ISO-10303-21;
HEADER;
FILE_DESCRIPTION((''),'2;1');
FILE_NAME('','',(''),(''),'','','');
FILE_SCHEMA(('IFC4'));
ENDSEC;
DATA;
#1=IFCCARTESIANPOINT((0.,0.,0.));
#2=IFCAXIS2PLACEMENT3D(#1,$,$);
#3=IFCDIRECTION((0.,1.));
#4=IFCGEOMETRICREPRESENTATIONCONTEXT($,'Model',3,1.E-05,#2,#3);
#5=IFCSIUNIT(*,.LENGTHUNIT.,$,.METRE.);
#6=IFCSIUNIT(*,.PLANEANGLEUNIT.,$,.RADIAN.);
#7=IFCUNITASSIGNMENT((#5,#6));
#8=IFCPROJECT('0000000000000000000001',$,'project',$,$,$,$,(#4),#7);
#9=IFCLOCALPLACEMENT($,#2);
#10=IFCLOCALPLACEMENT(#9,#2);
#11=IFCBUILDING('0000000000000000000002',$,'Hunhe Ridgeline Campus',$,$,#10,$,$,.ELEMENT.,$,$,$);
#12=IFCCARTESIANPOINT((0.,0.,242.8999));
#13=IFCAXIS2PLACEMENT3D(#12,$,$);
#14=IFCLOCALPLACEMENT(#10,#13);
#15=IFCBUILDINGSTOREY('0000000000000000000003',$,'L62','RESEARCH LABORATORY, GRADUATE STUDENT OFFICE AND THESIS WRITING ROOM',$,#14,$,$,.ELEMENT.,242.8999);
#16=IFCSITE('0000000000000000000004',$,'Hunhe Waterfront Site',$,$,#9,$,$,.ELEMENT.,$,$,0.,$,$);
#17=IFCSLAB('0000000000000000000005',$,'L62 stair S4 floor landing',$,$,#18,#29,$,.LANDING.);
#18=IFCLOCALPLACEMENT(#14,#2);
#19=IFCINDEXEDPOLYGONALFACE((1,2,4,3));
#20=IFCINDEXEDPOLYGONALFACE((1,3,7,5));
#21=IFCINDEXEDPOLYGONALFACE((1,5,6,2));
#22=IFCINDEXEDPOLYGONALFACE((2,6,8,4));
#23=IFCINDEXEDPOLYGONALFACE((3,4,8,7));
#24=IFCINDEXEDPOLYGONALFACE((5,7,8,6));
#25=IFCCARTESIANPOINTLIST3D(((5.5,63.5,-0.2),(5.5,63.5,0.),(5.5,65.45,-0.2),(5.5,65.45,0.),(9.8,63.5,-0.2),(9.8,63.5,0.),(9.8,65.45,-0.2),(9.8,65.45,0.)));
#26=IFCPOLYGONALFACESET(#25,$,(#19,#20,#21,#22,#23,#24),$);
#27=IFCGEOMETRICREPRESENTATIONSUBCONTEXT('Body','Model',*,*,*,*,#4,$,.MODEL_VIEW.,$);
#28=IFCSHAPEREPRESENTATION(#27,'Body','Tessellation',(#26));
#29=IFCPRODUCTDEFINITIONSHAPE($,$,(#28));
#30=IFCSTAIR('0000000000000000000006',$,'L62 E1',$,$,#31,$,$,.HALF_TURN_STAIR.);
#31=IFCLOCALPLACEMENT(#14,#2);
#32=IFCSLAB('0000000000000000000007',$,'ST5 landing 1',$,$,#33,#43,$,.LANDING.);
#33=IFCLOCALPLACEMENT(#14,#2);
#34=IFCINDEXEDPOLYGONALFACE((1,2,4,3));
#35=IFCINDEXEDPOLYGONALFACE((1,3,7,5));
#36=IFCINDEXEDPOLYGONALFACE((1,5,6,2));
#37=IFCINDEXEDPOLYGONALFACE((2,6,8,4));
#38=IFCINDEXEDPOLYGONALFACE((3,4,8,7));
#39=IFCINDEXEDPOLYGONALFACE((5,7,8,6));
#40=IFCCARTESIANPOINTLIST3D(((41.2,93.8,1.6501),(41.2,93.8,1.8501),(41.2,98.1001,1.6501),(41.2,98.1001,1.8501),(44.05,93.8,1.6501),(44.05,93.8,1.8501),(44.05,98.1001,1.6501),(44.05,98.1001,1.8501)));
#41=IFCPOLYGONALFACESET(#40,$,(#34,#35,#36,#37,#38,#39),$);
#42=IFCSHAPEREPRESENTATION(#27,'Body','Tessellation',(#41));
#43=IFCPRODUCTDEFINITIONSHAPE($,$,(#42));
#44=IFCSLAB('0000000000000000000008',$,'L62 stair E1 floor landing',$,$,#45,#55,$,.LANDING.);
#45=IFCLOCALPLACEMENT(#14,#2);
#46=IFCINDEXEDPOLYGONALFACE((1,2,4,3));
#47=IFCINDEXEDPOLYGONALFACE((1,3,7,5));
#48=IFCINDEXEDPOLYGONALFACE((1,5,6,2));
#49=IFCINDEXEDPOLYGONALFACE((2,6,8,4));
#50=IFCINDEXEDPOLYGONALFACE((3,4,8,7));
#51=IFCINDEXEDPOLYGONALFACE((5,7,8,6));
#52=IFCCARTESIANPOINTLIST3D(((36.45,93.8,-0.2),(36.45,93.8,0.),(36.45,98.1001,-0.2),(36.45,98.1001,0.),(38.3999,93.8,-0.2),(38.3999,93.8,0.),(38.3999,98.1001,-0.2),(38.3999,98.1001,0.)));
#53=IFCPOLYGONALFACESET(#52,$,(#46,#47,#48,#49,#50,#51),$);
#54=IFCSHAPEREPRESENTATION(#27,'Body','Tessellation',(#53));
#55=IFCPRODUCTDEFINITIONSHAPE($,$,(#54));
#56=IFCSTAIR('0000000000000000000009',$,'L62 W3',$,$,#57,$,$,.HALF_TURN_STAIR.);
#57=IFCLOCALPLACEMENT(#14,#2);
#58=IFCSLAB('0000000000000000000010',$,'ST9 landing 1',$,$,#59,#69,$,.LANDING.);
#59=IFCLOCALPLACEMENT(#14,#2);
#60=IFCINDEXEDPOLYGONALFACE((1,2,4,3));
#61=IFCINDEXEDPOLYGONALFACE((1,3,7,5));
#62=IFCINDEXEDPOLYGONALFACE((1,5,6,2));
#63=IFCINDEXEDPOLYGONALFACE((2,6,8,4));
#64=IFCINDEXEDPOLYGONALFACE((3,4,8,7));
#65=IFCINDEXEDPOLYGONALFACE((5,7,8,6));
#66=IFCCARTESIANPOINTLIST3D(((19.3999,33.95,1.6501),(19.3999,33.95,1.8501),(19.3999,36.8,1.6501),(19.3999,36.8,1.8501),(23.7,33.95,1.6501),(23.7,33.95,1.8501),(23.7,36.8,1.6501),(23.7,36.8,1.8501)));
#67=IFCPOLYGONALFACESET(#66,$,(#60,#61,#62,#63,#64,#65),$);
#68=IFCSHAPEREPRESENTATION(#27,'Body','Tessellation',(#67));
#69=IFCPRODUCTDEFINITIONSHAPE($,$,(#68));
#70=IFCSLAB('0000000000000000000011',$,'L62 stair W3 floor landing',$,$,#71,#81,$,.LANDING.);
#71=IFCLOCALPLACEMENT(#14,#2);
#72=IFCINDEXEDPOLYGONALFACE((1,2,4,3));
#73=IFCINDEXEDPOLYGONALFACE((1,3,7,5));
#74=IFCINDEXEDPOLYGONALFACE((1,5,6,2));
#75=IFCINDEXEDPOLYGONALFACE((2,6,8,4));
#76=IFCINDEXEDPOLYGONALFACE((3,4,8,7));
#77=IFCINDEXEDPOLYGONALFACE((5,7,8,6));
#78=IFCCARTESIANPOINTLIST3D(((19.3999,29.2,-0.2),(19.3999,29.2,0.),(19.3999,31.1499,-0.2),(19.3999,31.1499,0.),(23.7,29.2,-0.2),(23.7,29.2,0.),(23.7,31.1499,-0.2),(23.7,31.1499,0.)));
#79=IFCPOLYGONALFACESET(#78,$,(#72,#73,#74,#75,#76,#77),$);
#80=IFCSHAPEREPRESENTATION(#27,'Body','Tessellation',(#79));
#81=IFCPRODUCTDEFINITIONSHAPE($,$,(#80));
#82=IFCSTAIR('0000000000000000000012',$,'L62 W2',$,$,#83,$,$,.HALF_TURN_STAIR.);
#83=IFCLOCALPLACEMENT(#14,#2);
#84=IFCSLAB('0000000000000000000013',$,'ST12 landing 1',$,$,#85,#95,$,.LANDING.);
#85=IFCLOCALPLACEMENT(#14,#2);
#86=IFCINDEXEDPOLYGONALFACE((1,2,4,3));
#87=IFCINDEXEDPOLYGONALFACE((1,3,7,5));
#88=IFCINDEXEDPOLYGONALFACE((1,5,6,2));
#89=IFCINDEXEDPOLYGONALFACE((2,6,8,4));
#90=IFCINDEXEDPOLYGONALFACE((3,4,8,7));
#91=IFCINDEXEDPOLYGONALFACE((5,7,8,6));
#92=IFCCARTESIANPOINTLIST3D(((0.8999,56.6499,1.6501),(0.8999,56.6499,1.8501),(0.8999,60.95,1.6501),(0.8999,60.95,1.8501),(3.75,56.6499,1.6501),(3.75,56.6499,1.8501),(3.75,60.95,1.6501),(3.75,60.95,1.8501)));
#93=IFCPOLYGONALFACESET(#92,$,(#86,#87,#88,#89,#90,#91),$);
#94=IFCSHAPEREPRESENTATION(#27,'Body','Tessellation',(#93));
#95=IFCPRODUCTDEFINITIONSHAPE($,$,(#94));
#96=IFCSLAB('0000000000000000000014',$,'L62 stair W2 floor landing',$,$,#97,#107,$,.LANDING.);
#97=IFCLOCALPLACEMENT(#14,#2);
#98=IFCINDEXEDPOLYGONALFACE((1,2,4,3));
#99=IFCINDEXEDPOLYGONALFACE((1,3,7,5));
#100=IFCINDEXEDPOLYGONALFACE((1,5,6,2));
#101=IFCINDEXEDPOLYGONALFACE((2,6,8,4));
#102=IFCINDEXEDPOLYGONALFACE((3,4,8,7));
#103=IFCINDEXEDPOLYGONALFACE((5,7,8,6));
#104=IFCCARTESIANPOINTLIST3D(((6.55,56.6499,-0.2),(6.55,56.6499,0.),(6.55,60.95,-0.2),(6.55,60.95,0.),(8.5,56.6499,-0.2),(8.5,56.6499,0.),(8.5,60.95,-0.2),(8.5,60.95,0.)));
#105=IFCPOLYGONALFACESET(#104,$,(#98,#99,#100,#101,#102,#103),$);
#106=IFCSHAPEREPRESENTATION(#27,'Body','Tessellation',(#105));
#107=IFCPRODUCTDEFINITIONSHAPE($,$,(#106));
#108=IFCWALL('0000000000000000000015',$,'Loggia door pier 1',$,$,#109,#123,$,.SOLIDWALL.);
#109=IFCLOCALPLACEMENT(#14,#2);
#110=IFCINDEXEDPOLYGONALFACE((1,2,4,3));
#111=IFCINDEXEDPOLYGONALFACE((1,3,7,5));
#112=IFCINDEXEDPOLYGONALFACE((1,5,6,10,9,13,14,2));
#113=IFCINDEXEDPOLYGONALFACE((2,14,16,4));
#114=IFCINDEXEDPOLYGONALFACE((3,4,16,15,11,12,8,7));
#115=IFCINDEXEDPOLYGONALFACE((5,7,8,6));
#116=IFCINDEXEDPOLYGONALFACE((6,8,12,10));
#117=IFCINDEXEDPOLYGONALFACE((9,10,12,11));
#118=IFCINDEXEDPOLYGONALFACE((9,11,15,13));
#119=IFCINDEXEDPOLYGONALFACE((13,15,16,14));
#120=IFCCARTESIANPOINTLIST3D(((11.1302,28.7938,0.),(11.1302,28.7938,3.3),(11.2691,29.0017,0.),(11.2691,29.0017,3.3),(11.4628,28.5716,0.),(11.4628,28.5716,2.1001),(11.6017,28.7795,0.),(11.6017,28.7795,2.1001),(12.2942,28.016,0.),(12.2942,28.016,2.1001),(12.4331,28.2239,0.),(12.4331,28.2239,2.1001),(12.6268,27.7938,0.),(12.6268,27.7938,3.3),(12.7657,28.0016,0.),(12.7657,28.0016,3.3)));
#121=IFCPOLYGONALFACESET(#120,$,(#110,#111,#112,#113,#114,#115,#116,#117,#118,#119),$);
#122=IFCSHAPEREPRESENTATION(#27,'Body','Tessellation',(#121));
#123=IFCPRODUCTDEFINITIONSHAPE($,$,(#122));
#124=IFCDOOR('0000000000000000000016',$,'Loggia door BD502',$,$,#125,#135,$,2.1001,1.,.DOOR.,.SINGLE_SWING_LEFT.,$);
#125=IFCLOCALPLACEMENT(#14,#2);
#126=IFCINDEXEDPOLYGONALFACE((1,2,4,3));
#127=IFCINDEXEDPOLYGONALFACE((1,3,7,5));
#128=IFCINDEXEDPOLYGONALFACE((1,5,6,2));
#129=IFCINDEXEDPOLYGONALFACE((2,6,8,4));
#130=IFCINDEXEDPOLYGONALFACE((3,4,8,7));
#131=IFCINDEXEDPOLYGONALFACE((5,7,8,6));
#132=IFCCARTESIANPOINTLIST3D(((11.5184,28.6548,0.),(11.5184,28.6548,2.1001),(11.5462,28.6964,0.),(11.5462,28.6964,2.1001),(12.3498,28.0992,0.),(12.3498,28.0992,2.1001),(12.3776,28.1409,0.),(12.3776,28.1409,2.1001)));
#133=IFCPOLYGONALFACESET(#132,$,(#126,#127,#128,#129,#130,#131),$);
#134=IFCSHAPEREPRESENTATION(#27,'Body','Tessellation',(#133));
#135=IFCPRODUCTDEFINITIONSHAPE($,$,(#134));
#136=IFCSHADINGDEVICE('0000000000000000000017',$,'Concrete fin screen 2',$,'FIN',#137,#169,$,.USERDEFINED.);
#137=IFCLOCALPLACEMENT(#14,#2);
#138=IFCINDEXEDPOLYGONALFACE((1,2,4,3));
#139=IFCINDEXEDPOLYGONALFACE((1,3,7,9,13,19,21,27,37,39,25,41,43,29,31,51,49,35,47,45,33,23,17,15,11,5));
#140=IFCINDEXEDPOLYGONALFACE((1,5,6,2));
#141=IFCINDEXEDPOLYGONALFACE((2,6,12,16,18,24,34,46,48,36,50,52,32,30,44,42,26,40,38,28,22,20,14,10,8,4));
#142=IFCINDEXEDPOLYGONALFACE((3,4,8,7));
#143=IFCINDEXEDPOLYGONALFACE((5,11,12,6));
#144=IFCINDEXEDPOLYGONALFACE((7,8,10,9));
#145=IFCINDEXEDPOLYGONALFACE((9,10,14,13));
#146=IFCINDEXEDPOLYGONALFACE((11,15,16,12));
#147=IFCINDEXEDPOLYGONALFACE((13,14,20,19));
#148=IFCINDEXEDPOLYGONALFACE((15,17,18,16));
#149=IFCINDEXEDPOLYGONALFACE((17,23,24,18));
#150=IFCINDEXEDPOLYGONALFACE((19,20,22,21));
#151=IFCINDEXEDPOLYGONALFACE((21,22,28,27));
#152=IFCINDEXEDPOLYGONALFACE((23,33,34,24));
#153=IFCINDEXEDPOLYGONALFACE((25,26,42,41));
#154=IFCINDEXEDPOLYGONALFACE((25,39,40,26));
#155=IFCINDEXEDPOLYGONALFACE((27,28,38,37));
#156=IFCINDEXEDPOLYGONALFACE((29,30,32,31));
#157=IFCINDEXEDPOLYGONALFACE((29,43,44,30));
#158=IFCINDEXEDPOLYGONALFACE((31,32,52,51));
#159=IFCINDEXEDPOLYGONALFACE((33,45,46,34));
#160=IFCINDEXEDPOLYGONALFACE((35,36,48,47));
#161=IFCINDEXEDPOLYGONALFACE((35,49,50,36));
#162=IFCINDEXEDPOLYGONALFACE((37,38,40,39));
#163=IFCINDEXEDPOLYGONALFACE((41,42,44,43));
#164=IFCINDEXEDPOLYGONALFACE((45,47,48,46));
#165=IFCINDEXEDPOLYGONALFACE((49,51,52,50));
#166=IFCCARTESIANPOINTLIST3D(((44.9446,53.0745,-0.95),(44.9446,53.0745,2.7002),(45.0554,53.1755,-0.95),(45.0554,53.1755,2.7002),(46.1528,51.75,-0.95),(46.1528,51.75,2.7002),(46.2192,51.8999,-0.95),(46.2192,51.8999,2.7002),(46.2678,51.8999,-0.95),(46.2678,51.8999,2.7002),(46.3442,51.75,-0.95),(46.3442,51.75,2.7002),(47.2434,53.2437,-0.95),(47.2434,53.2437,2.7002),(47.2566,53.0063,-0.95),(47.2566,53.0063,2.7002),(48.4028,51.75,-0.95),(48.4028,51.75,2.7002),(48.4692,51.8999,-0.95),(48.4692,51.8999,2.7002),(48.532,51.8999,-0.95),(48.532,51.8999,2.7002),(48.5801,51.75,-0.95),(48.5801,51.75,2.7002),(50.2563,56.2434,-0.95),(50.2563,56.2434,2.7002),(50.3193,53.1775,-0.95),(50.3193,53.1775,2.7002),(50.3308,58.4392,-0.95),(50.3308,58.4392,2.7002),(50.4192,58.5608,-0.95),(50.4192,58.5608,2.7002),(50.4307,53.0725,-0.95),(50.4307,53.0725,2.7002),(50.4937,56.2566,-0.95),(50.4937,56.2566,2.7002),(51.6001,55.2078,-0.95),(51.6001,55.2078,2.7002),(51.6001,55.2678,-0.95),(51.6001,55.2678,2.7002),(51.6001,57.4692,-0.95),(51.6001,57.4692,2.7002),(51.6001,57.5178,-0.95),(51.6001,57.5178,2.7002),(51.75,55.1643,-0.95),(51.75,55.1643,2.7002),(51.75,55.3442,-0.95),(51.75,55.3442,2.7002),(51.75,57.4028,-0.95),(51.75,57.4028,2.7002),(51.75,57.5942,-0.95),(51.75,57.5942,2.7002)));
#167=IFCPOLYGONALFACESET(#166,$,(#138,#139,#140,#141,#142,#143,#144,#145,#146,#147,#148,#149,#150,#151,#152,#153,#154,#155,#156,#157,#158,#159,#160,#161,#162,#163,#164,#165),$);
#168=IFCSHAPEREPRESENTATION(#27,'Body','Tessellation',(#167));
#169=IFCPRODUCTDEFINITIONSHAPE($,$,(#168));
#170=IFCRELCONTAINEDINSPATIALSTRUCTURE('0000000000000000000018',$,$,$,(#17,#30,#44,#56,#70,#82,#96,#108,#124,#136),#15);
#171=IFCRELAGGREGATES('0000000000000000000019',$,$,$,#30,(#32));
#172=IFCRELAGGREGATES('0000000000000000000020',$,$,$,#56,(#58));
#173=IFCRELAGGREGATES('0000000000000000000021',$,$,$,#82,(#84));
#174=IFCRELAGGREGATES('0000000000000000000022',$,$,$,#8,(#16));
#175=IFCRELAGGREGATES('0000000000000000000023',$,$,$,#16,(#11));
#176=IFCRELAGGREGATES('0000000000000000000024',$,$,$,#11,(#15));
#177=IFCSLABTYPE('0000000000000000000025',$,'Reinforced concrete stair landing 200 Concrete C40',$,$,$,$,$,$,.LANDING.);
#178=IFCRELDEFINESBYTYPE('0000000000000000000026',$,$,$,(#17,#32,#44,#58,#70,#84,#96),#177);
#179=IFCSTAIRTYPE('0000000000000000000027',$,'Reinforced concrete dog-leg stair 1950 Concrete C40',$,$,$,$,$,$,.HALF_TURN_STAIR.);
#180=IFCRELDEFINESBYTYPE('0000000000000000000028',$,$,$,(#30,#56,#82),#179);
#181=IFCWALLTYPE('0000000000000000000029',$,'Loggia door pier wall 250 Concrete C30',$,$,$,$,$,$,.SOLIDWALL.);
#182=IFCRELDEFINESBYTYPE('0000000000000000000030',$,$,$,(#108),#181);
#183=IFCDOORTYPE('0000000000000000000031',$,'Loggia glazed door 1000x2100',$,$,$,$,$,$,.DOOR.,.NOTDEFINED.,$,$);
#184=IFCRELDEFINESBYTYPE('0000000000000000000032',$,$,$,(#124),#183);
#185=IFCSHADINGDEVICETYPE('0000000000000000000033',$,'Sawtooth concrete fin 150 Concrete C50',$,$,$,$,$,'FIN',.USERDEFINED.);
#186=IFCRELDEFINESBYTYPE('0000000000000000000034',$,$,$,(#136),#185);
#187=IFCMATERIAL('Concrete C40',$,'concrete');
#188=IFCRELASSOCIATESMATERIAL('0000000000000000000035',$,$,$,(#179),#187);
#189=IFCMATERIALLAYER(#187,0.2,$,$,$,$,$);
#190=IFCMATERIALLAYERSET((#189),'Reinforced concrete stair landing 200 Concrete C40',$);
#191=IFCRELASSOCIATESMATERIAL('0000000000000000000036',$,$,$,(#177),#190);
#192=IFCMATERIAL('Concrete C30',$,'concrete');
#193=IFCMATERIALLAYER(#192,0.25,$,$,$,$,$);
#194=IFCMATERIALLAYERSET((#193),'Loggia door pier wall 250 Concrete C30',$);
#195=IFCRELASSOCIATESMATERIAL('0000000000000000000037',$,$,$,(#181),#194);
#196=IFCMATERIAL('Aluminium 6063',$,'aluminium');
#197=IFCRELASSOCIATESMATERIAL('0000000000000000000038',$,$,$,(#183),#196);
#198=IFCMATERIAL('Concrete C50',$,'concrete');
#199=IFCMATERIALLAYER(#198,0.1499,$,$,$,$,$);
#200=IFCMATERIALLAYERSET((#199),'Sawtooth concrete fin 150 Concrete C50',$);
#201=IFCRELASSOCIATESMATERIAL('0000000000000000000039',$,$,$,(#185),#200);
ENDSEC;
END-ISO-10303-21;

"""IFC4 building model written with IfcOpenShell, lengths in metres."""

from ifc_helpers import new_model, si_unit, direction, frame, frame_2d, origin, place, context, subcontext, project, spatial, polyline, rectangle, outline, extrude, material, layer, layer_set, type_object, element, fill, aggregate, save


model = new_model("IFC4")

# Units and contexts
model_context = context("Model", 3, precision=1e-05, world=origin(), true_north=direction((0.0, 1.0)))
body_context = subcontext(model_context, "Body", "Model", "MODEL_VIEW")
ifc_project = project(units=[si_unit("LENGTHUNIT", "METRE"), si_unit("PLANEANGLEUNIT", "RADIAN")], contexts=[model_context])

# Site, building, storey
site_placement = place(None, origin())
site = spatial("IfcSite", under=ifc_project, at=site_placement, Name="Hunhe Waterfront Site", CompositionType="ELEMENT", RefElevation=0.0)
building_placement = place(site_placement, origin())
building = spatial("IfcBuilding", under=site, at=building_placement, Name="Hunhe Ridgeline Campus", CompositionType="ELEMENT")
storey_placement = place(building_placement, frame((0.0, 0.0, 242.8999)))
storey = spatial("IfcBuildingStorey", under=building, at=storey_placement, Name="L62", Description="RESEARCH LABORATORY, GRADUATE STUDENT OFFICE AND THESIS WRITING ROOM", CompositionType="ELEMENT", Elevation=242.8999)

# Shared definitions
ifc_material_1 = material(Name="Aluminium 6063", Category="aluminium")

# Shared definitions
ifc_material_2 = material(Name="Concrete C50", Category="concrete")

# Shared definitions
ifc_material_3 = material(Name="Concrete C40", Category="concrete")

# Shared definitions
stair_type = type_object("IfcStairType", Name="Reinforced concrete dog-leg stair 1950 Concrete C40", PredefinedType="HALF_TURN_STAIR", material=ifc_material_3)
ifc_layer_1 = layer(ifc_material_3, 0.2)
ifc_layer_set_1 = layer_set([ifc_layer_1], Name="Reinforced concrete stair landing 200 Concrete C40")
slab_type_1 = type_object("IfcSlabType", Name="Reinforced concrete stair landing 200 Concrete C40", PredefinedType="LANDING", material=ifc_layer_set_1)

# Slab
slab_1_placement = place(storey_placement, frame((0.0, 0.0, -0.2)))
element("IfcSlab", 1, at=slab_1_placement, inside=storey, type_object=slab_type_1, Name="L62 stair S4 floor landing", PredefinedType="LANDING", context=body_context, shape_type="SweptSolid", body=[
    extrude(outline(polyline([(9.8, 63.5), (9.8, 65.45), (5.5, 65.45), (5.5, 63.5), (9.8, 63.5)])), origin(), (0.0, 0.0, 1.0), 0.2),
])

# Stair, slab
stair_1_placement = place(storey_placement, origin())
stair_1 = element("IfcStair", 2, at=stair_1_placement, inside=storey, type_object=stair_type, Name="L62 E1", PredefinedType="HALF_TURN_STAIR")
slab_2_placement = place(storey_placement, frame((0.0, 0.0, 1.6501)))
slab_2 = element("IfcSlab", 3, at=slab_2_placement, type_object=slab_type_1, Name="ST5 landing 1", PredefinedType="LANDING", context=body_context, shape_type="SweptSolid", body=[
    extrude(outline(polyline([(41.2, 93.8), (44.05, 93.8), (44.05, 98.1001), (41.2, 98.1001), (41.2, 93.8)])), origin(), (0.0, 0.0, 1.0), 0.2),
])
aggregate(stair_1, [slab_2])

# Slab
slab_3_placement = place(storey_placement, frame((0.0, 0.0, -0.2)))
element("IfcSlab", 4, at=slab_3_placement, inside=storey, type_object=slab_type_1, Name="L62 stair E1 floor landing", PredefinedType="LANDING", context=body_context, shape_type="SweptSolid", body=[
    extrude(outline(polyline([(36.45, 93.8), (38.3999, 93.8), (38.3999, 98.1001), (36.45, 98.1001), (36.45, 93.8)])), origin(), (0.0, 0.0, 1.0), 0.2),
])

# Stair, slab
stair_2_placement = place(storey_placement, origin())
stair_2 = element("IfcStair", 5, at=stair_2_placement, inside=storey, type_object=stair_type, Name="L62 W3", PredefinedType="HALF_TURN_STAIR")
slab_4_placement = place(storey_placement, frame((0.0, 0.0, 1.6501)))
slab_4 = element("IfcSlab", 6, at=slab_4_placement, type_object=slab_type_1, Name="ST9 landing 1", PredefinedType="LANDING", context=body_context, shape_type="SweptSolid", body=[
    extrude(outline(polyline([(23.7, 33.95), (23.7, 36.8), (19.3999, 36.8), (19.3999, 33.95), (23.7, 33.95)])), origin(), (0.0, 0.0, 1.0), 0.2),
])
aggregate(stair_2, [slab_4])

# Slab
slab_5_placement = place(storey_placement, frame((0.0, 0.0, -0.2)))
element("IfcSlab", 7, at=slab_5_placement, inside=storey, type_object=slab_type_1, Name="L62 stair W3 floor landing", PredefinedType="LANDING", context=body_context, shape_type="SweptSolid", body=[
    extrude(outline(polyline([(23.7, 29.2), (23.7, 31.1499), (19.3999, 31.1499), (19.3999, 29.2), (23.7, 29.2)])), origin(), (0.0, 0.0, 1.0), 0.2),
])

# Stair, slab
stair_3_placement = place(storey_placement, origin())
stair_3 = element("IfcStair", 8, at=stair_3_placement, inside=storey, type_object=stair_type, Name="L62 W2", PredefinedType="HALF_TURN_STAIR")
slab_6_placement = place(storey_placement, frame((0.0, 0.0, 1.6501)))
slab_6 = element("IfcSlab", 9, at=slab_6_placement, type_object=slab_type_1, Name="ST12 landing 1", PredefinedType="LANDING", context=body_context, shape_type="SweptSolid", body=[
    extrude(outline(polyline([(3.75, 60.95), (0.8999, 60.95), (0.8999, 56.6499), (3.75, 56.6499), (3.75, 60.95)])), origin(), (0.0, 0.0, 1.0), 0.2),
])
aggregate(stair_3, [slab_6])

# Slab
slab_7_placement = place(storey_placement, frame((0.0, 0.0, -0.2)))
element("IfcSlab", 10, at=slab_7_placement, inside=storey, type_object=slab_type_1, Name="L62 stair W2 floor landing", PredefinedType="LANDING", context=body_context, shape_type="SweptSolid", body=[
    extrude(outline(polyline([(8.5, 60.95), (6.55, 60.95), (6.55, 56.6499), (8.5, 56.6499), (8.5, 60.95)])), origin(), (0.0, 0.0, 1.0), 0.2),
])

# Wall, opening, door
ifc_material_4 = material(Name="Concrete C30", Category="concrete")
ifc_layer_2 = layer(ifc_material_4, 0.25)
ifc_layer_set_2 = layer_set([ifc_layer_2], Name="Loggia door pier wall 250 Concrete C30")
wall_type = type_object("IfcWallType", Name="Loggia door pier wall 250 Concrete C30", PredefinedType="SOLIDWALL", material=ifc_layer_set_2)
wall_placement = place(storey_placement, frame((11.1997, 28.8977, 0.0), z_axis=(0.0, 0.0, 1.0), x_axis=(0.831466, -0.555576, 0.0)))
wall = element("IfcWall", 11, at=wall_placement, inside=storey, type_object=wall_type, Name="Loggia door pier 1", PredefinedType="SOLIDWALL", context=body_context, shape_type="SweptSolid", body=[
    extrude(rectangle(XDim=1.8, YDim=0.25, at=frame_2d((0.8999, 0.0))), origin(), (0.0, 0.0, 1.0), 3.3),
])
opening_placement = place(wall_placement, frame((0.3999, 0.0, 0.0)))
opening = element("IfcOpeningElement", 12, at=opening_placement, cuts=wall, PredefinedType="OPENING", context=body_context, shape_type="SweptSolid", body=[
    extrude(rectangle(XDim=1.0, YDim=2.1001, at=frame_2d((0.5, 1.05))), frame((0.0, 0.125, 0.0), z_axis=(0.0, -1.0, 0.0), x_axis=(1.0, 0.0, 0.0)), (0.0, 0.0, 1.0), 0.25),
])
door_type = type_object("IfcDoorType", Name="Loggia glazed door 1000x2100", OperationType="NOTDEFINED", PredefinedType="DOOR", material=ifc_material_1)
door_placement = place(opening_placement, frame((1.0, 0.0, 0.0), z_axis=(0.0, 0.0, 1.0), x_axis=(-1.0, 0.0, 0.0)))
door = element("IfcDoor", 13, at=door_placement, inside=storey, type_object=door_type, Name="Loggia door BD502", OperationType="SINGLE_SWING_LEFT", OverallHeight=2.1001, OverallWidth=1.0, PredefinedType="DOOR", context=body_context, shape_type="SweptSolid", body=[
    extrude(rectangle(XDim=1.0, YDim=2.1001, at=frame_2d((0.5, 1.05))), frame((0.0, 0.0249, 0.0), z_axis=(0.0, -1.0, 0.0), x_axis=(1.0, 0.0, 0.0)), (0.0, 0.0, 1.0), 0.05),
])
fill(opening, door)

# Shading device
ifc_layer_3 = layer(ifc_material_2, 0.1499)
ifc_layer_set_3 = layer_set([ifc_layer_3], Name="Sawtooth concrete fin 150 Concrete C50")
shading_device_type = type_object("IfcShadingDeviceType", Name="Sawtooth concrete fin 150 Concrete C50", ElementType="FIN", PredefinedType="USERDEFINED", material=ifc_layer_set_3)
shading_device_1_placement = place(storey_placement, frame((0.0, 0.0, -0.95)))
element("IfcShadingDevice", 14, at=shading_device_1_placement, inside=storey, type_object=shading_device_type, Name="Concrete fin screen 2", ObjectType="FIN", PredefinedType="USERDEFINED", context=body_context, shape_type="SweptSolid", body=[
    extrude(outline(polyline([(45.0554, 53.1755), (44.9446, 53.0745), (46.1528, 51.75), (46.3442, 51.75), (47.2566, 53.0063), (48.4028, 51.75), (48.5801, 51.75), (50.4307, 53.0725), (51.75, 55.1643), (51.75, 55.3442), (50.4937, 56.2566), (51.75, 57.4028), (51.75, 57.5942), (50.4192, 58.5608), (50.3308, 58.4392), (51.6001, 57.5178), (51.6001, 57.4692), (50.2563, 56.2434), (51.6001, 55.2678), (51.6001, 55.2078), (50.3193, 53.1775), (48.532, 51.8999), (48.4692, 51.8999), (47.2434, 53.2437), (46.2678, 51.8999), (46.2192, 51.8999), (45.0554, 53.1755)])), origin(), (0.0, 0.0, 1.0), 3.6501),
])

save(model, "model.ifc")
